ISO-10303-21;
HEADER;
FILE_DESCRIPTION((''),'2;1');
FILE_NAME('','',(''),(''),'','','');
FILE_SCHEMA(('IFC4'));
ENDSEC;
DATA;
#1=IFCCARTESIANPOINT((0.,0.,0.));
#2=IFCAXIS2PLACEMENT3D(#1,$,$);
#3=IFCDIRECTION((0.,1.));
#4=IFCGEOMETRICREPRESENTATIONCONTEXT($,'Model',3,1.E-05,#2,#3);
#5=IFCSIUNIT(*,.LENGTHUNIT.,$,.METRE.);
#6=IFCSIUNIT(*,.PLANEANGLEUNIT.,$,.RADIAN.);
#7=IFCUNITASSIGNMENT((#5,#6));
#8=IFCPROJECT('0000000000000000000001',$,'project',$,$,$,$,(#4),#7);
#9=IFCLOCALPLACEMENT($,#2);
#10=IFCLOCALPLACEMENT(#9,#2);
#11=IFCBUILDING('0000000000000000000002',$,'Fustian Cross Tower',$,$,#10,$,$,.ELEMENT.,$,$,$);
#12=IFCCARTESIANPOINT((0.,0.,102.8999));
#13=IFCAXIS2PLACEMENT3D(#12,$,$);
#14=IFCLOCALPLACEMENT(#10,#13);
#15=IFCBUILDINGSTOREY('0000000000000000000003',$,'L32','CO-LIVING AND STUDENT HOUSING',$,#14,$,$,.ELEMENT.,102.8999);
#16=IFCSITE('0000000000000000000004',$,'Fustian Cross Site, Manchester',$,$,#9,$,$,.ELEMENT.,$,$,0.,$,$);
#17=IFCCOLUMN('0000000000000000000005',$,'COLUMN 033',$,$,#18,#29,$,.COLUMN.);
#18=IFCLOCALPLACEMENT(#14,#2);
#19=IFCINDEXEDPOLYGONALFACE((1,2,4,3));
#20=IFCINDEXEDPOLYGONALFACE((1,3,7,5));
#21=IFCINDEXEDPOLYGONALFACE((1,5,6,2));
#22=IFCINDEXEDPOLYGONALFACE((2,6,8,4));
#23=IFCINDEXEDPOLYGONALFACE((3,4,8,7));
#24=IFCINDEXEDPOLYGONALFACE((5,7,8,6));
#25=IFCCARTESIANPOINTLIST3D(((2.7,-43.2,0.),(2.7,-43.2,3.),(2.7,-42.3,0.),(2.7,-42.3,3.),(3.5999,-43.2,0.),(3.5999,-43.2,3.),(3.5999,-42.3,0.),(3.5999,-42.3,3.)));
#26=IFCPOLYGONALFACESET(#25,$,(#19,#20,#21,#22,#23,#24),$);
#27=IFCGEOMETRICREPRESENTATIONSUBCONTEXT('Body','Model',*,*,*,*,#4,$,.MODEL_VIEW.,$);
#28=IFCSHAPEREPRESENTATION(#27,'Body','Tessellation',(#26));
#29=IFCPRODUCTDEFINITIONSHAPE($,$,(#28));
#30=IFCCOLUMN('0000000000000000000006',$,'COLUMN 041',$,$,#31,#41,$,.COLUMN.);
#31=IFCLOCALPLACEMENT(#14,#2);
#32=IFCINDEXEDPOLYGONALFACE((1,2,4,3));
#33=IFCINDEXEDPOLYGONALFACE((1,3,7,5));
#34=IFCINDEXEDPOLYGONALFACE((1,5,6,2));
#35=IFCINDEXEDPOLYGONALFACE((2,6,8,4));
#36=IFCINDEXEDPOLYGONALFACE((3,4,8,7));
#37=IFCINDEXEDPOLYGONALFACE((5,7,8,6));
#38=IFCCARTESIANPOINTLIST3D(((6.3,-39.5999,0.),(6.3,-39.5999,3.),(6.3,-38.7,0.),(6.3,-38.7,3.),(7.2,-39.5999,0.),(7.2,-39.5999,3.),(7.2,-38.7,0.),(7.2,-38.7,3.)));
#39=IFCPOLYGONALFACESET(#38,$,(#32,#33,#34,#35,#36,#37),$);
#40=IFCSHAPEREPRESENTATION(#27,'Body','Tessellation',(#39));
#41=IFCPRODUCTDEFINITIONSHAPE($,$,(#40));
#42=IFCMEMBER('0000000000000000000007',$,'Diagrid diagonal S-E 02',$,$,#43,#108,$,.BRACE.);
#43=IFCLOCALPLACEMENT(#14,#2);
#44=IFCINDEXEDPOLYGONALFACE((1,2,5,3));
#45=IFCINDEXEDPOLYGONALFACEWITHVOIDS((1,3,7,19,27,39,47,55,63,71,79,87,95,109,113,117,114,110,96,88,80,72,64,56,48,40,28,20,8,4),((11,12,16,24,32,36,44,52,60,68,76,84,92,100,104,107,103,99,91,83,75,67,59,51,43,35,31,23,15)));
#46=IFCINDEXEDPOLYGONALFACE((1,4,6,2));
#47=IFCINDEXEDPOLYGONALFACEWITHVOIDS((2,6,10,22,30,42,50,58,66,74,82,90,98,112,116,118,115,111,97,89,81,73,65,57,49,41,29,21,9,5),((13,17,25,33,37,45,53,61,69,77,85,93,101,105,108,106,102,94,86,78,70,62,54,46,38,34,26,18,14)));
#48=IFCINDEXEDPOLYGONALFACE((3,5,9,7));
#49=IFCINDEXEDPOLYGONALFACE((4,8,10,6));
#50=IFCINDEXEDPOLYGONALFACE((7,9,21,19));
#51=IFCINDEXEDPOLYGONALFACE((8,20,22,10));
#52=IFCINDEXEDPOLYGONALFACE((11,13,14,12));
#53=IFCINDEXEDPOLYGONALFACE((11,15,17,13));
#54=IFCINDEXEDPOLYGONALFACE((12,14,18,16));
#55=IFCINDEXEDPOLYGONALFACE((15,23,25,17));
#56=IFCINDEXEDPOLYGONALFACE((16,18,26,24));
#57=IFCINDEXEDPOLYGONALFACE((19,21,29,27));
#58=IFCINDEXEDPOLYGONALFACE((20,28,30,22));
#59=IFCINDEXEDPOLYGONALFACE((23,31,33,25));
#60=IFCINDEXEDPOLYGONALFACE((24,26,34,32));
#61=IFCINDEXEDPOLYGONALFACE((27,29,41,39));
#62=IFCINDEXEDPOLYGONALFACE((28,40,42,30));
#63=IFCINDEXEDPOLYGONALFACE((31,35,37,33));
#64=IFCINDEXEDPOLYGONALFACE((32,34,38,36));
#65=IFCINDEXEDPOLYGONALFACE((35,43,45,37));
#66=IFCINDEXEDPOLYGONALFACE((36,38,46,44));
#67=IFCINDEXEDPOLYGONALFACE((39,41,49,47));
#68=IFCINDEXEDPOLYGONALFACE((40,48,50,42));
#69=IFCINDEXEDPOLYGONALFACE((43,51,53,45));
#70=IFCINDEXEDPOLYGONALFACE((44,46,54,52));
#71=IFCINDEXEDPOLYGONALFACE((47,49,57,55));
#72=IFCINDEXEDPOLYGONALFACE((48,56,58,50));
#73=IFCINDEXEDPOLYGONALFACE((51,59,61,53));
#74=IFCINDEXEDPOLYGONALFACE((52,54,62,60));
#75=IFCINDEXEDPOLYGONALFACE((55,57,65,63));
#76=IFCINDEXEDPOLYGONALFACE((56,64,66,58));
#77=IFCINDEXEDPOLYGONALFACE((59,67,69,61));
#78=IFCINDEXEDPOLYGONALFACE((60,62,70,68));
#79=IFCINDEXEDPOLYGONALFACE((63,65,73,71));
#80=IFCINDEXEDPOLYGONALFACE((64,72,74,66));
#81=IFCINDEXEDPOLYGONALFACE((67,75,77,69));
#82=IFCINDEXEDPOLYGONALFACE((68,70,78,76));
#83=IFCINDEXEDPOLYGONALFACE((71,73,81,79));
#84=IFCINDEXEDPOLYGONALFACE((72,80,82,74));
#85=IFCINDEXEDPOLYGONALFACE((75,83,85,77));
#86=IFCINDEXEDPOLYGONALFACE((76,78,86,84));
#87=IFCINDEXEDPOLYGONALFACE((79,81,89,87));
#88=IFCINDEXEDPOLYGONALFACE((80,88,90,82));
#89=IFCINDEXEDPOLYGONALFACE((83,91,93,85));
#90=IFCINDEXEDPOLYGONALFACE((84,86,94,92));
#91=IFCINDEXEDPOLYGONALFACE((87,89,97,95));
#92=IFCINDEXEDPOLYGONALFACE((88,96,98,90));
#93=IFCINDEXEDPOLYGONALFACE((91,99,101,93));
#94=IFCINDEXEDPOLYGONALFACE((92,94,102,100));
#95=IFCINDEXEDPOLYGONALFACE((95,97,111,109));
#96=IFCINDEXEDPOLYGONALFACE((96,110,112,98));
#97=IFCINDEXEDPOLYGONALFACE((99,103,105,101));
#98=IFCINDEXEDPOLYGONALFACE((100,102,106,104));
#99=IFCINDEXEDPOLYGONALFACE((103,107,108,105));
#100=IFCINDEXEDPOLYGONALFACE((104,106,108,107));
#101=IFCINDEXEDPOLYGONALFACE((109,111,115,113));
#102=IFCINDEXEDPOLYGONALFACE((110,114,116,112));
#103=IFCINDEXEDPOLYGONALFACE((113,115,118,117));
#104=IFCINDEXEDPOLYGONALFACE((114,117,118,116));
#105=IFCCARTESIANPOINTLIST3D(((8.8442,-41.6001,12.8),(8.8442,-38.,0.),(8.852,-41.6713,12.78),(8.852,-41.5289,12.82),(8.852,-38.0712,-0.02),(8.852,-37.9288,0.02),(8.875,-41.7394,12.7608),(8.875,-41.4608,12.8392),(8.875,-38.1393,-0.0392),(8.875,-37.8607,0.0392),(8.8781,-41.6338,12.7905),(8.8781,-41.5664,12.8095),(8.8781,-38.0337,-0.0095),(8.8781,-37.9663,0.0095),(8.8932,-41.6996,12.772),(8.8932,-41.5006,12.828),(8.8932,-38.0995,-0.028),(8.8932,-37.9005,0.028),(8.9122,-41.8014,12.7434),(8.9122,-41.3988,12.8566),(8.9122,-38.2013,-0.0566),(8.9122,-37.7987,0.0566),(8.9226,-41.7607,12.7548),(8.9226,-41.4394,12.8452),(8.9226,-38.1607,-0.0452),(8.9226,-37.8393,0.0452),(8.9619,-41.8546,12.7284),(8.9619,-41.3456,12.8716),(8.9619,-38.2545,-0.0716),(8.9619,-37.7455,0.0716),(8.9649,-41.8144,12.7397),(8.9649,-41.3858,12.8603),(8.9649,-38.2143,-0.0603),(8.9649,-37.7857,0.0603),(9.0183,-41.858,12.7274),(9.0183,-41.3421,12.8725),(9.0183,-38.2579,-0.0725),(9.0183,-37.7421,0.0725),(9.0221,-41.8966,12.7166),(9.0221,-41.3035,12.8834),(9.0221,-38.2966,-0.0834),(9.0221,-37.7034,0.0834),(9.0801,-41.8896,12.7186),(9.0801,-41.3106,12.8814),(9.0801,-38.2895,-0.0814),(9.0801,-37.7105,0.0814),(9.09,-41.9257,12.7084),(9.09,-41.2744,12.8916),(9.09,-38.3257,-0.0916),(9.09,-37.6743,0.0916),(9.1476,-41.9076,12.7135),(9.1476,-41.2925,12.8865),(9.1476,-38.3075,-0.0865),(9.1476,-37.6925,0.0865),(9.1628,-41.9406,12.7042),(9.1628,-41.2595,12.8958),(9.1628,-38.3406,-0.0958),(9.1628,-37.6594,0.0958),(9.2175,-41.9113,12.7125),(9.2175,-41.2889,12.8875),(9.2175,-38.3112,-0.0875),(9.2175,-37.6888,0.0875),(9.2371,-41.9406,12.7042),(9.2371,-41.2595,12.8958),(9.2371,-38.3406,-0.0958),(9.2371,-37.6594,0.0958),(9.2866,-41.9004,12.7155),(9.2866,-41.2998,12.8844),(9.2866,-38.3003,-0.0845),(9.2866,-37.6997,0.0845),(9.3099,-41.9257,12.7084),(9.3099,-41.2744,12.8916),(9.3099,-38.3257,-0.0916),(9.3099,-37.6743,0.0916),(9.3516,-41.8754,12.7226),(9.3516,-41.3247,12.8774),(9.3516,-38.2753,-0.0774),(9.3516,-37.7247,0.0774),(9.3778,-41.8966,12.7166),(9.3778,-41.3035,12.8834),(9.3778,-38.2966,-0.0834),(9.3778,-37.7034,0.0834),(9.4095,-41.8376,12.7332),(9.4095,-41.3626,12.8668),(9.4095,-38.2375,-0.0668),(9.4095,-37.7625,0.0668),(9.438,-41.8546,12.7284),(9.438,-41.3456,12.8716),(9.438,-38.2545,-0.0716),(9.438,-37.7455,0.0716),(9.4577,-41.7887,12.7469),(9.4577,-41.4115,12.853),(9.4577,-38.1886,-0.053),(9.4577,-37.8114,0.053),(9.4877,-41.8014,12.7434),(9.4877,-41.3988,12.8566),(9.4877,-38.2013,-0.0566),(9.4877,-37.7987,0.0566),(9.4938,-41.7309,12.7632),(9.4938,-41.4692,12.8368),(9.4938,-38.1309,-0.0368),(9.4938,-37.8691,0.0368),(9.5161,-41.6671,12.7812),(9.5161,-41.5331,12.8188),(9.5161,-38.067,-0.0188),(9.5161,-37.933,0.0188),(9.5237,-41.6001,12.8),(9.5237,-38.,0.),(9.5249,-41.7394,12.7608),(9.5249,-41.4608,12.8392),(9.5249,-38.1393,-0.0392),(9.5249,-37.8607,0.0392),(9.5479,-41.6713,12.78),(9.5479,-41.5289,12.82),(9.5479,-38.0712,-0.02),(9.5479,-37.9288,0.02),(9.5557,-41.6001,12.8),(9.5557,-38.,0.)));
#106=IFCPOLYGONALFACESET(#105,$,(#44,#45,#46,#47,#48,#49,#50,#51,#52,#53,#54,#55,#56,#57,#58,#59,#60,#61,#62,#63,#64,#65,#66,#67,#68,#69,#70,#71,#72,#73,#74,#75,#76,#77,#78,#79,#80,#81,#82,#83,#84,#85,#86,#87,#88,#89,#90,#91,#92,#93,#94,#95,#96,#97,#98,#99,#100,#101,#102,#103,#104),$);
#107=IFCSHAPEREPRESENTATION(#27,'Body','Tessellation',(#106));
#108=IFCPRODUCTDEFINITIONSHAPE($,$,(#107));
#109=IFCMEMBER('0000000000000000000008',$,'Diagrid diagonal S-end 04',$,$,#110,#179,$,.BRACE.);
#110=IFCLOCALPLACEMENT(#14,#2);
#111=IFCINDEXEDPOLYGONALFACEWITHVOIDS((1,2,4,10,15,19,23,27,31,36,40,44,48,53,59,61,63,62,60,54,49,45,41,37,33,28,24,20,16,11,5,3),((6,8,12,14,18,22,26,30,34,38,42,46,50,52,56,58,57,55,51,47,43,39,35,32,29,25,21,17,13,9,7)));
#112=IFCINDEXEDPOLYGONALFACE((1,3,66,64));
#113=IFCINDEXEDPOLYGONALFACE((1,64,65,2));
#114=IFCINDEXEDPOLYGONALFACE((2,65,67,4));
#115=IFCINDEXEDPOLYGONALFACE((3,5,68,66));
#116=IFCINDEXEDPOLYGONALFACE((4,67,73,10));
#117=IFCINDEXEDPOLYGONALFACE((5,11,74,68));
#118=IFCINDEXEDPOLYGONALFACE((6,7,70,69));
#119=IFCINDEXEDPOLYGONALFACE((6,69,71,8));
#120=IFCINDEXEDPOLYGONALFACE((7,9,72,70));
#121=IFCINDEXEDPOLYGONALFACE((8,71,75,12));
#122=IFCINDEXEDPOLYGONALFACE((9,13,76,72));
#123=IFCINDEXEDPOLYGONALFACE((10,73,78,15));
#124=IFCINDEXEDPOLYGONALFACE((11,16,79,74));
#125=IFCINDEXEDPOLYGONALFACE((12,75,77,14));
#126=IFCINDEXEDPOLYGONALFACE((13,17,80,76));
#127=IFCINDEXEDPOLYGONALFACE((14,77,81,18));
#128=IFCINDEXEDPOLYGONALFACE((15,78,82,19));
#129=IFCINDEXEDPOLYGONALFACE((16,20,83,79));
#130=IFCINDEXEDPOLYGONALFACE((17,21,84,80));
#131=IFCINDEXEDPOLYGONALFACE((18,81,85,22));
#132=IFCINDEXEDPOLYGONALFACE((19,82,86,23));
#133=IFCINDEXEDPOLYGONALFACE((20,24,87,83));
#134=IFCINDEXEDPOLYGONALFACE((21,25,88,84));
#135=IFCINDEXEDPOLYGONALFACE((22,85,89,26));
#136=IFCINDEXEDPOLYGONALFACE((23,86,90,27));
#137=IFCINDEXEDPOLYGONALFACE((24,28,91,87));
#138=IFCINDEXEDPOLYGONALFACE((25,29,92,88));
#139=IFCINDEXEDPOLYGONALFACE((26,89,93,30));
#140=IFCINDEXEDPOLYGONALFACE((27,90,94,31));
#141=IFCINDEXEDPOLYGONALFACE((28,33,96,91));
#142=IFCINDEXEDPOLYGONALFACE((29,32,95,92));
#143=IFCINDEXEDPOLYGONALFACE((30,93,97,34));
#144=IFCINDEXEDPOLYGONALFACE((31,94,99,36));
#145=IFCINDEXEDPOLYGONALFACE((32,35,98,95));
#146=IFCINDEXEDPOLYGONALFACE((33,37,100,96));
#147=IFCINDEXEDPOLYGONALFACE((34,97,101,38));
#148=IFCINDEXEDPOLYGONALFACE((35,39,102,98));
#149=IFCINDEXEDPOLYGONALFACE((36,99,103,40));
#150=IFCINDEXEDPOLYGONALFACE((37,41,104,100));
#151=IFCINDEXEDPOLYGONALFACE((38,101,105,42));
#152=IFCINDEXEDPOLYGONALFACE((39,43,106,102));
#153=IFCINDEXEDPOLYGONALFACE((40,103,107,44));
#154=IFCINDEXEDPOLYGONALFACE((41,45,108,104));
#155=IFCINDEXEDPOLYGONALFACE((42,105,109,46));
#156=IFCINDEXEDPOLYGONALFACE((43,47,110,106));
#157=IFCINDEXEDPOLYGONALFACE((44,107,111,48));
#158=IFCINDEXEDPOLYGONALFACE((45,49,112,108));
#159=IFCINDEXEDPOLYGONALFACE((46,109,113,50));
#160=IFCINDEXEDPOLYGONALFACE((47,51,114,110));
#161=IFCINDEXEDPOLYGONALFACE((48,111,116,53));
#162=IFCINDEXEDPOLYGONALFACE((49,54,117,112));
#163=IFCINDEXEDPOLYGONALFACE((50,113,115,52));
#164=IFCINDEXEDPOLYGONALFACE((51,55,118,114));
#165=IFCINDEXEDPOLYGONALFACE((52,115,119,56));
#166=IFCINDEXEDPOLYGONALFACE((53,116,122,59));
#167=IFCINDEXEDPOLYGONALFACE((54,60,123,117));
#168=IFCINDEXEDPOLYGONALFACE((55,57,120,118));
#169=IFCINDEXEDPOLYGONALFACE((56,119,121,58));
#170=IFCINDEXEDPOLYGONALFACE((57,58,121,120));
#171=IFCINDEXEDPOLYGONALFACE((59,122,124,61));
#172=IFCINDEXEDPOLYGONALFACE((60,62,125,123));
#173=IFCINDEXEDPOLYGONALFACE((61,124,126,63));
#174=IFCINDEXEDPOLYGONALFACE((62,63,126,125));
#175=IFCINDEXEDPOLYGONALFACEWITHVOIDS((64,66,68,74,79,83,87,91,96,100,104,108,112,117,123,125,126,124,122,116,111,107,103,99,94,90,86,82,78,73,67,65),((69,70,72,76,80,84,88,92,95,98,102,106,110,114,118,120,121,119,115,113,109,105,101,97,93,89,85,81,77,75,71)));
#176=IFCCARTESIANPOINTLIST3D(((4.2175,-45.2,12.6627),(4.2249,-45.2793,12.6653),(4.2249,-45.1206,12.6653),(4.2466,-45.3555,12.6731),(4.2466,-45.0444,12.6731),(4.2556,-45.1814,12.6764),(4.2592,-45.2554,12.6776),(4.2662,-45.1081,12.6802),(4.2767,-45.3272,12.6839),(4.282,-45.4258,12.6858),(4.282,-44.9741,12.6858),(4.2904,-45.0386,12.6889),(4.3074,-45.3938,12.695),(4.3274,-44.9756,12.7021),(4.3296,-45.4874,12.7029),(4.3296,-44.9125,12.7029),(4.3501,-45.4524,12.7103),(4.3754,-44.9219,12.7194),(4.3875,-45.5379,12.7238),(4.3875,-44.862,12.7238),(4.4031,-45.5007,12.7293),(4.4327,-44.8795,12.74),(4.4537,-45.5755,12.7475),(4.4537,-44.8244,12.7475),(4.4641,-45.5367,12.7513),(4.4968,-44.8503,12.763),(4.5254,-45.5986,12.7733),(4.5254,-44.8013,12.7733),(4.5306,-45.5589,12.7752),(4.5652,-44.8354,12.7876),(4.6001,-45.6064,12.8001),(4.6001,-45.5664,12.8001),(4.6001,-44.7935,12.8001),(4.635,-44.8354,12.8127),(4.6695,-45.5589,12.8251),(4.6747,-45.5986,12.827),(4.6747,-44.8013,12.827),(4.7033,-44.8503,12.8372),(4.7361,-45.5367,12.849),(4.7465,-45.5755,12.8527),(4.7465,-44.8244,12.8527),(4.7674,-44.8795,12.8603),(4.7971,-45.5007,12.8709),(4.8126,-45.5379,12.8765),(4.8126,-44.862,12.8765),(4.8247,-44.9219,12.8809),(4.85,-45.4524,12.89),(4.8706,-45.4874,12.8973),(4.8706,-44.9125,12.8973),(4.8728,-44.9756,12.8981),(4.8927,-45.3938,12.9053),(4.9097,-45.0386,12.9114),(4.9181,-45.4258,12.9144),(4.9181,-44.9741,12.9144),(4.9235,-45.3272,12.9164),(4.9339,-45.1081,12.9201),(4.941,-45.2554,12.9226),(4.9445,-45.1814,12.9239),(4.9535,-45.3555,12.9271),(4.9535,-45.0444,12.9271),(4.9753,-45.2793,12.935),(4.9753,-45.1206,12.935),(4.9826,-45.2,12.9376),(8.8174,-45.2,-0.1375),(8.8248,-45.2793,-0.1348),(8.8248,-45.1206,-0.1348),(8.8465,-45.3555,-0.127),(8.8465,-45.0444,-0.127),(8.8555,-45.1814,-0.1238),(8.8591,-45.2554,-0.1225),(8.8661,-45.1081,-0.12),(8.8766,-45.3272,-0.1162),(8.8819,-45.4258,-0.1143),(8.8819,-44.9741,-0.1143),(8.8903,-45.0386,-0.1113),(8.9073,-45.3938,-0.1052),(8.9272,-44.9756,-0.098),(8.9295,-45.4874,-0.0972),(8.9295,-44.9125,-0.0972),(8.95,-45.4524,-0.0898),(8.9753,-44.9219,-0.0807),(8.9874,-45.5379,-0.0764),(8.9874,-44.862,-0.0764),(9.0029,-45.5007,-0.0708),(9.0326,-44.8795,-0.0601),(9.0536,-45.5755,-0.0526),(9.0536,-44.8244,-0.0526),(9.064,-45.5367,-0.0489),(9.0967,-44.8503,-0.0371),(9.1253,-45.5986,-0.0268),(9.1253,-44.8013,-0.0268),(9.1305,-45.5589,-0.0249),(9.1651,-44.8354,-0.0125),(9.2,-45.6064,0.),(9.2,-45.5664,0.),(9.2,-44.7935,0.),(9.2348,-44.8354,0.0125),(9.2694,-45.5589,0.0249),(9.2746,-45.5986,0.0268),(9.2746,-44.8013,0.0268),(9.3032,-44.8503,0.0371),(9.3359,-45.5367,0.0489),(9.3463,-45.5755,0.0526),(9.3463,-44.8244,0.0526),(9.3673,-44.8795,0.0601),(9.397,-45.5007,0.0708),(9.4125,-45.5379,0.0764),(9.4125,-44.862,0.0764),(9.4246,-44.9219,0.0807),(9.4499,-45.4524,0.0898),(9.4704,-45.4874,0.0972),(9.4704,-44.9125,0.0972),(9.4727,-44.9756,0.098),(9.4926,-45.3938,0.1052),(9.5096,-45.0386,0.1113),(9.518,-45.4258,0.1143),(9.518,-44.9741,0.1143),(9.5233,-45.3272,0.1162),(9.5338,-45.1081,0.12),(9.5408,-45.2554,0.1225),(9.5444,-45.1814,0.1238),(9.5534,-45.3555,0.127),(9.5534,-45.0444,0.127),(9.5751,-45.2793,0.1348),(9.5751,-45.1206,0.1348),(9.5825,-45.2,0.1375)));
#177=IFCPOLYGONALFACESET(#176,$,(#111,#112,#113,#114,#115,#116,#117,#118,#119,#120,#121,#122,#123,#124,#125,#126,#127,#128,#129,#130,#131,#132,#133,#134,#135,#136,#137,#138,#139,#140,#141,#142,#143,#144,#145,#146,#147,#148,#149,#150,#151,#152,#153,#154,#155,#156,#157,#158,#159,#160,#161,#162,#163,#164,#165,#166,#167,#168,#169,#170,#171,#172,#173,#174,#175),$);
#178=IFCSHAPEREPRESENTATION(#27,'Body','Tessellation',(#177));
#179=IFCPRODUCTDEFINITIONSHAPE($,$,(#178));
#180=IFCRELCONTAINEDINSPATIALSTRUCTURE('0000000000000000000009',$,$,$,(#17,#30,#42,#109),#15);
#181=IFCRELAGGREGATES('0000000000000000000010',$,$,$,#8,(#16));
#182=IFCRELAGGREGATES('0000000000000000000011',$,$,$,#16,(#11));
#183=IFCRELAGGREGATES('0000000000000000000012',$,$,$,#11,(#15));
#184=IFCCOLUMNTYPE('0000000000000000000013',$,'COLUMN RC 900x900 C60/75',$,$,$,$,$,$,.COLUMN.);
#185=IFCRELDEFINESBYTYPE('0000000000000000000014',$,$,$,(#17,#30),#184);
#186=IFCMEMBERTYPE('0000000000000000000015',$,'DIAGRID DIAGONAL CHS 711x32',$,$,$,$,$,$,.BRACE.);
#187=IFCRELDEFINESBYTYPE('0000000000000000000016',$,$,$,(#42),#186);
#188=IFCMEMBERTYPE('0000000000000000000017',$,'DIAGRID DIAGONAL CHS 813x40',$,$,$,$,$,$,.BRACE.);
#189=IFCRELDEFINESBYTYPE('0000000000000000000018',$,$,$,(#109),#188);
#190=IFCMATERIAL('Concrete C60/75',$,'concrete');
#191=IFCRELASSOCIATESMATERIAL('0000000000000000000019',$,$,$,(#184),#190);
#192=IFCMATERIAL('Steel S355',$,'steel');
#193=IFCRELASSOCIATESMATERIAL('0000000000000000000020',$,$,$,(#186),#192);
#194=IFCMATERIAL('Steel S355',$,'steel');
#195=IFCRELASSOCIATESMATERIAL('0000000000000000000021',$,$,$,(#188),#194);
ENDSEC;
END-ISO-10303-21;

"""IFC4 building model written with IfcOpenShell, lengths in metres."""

from ifc_helpers import new_model, si_unit, direction, frame, origin, origin_2d, place, context, subcontext, project, spatial, rectangle, hollow_circle, extrude, material, material_profile, profile_set, type_object, element, save


model = new_model("IFC4")

# Units and contexts
model_context = context("Model", 3, precision=1e-05, world=origin(), true_north=direction((0.0, 1.0)))
body_context = subcontext(model_context, "Body", "Model", "MODEL_VIEW")
ifc_project = project(units=[si_unit("LENGTHUNIT", "METRE"), si_unit("PLANEANGLEUNIT", "RADIAN")], contexts=[model_context])

# Site, building, storey
site_placement = place(None, origin())
site = spatial("IfcSite", under=ifc_project, at=site_placement, Name="Fustian Cross Site, Manchester", CompositionType="ELEMENT", RefElevation=0.0)
building_placement = place(site_placement, origin())
building = spatial("IfcBuilding", under=site, at=building_placement, Name="Fustian Cross Tower", CompositionType="ELEMENT")
storey_placement = place(building_placement, frame((0.0, 0.0, 102.8999)))
storey = spatial("IfcBuildingStorey", under=building, at=storey_placement, Name="L32", Description="CO-LIVING AND STUDENT HOUSING", CompositionType="ELEMENT", Elevation=102.8999)

# Columns
ifc_material_1 = material(Name="Concrete C60/75", Category="concrete")
ifc_material_profile_1 = material_profile(ifc_material_1, rectangle(XDim=0.8999, YDim=0.8999, at=origin_2d()), Name="RC 900x900")
ifc_profile_set_1 = profile_set([ifc_material_profile_1], Name="Concrete C60/75")
column_type = type_object("IfcColumnType", Name="COLUMN RC 900x900 C60/75", PredefinedType="COLUMN", material=ifc_profile_set_1)
for number, where, z_axis, x_axis, name in (
    (1, (3.1499, -42.75, 0.0), (0.0, 0.0, 1.0), (1.0, 0.0, 0.0), "COLUMN 033"),
    (2, (6.75, -39.1499, 0.0), (0.0, 0.0, 1.0), (1.0, 0.0, 0.0), "COLUMN 041"),
):
    element("IfcColumn", number, at=place(storey_placement, frame(where, z_axis=z_axis, x_axis=x_axis)), inside=storey, type_object=column_type, Name=name, PredefinedType="COLUMN", context=body_context, shape_type="SweptSolid", body=[
        extrude(rectangle(XDim=0.8999, YDim=0.8999, at=origin_2d()), origin(), (0.0, 0.0, 1.0), 3.0),
    ])

# Members
ifc_material_2 = material(Name="Steel S355", Category="steel")
ifc_material_profile_2 = material_profile(ifc_material_2, hollow_circle(Radius=0.3557, WallThickness=0.032, at=origin_2d()), Name="CHS 711x32")
ifc_profile_set_2 = profile_set([ifc_material_profile_2], Name="Steel S355")
member_type_1 = type_object("IfcMemberType", Name="DIAGRID DIAGONAL CHS 711x32", PredefinedType="BRACE", material=ifc_profile_set_2)
member_1_placement = place(storey_placement, frame((9.2, -38.0, 0.0), z_axis=(0.0, -0.270751, 0.962649), x_axis=(1.0, 0.0, 0.0)))
element("IfcMember", 3, at=member_1_placement, inside=storey, type_object=member_type_1, Name="Diagrid diagonal S-E 02", PredefinedType="BRACE", context=body_context, shape_type="SweptSolid", body=[
    extrude(hollow_circle(Radius=0.3557, WallThickness=0.032, at=origin_2d()), origin(), (0.0, 0.0, 1.0), 13.2966),
])
ifc_material_3 = material(Name="Steel S355", Category="steel")
ifc_material_profile_3 = material_profile(ifc_material_3, hollow_circle(Radius=0.4065, WallThickness=0.04, at=origin_2d()), Name="CHS 813x40")
ifc_profile_set_3 = profile_set([ifc_material_profile_3], Name="Steel S355")
member_type_2 = type_object("IfcMemberType", Name="DIAGRID DIAGONAL CHS 813x40", PredefinedType="BRACE", material=ifc_profile_set_3)
member_2_placement = place(storey_placement, frame((9.2, -45.2, 0.0), z_axis=(-0.338188, 0.0, 0.941079), x_axis=(0.0, -1.0, 0.0)))
element("IfcMember", 4, at=member_2_placement, inside=storey, type_object=member_type_2, Name="Diagrid diagonal S-end 04", PredefinedType="BRACE", context=body_context, shape_type="SweptSolid", body=[
    extrude(hollow_circle(Radius=0.4065, WallThickness=0.04, at=origin_2d()), origin(), (0.0, 0.0, 1.0), 13.6016),
])

save(model, "model.ifc")
